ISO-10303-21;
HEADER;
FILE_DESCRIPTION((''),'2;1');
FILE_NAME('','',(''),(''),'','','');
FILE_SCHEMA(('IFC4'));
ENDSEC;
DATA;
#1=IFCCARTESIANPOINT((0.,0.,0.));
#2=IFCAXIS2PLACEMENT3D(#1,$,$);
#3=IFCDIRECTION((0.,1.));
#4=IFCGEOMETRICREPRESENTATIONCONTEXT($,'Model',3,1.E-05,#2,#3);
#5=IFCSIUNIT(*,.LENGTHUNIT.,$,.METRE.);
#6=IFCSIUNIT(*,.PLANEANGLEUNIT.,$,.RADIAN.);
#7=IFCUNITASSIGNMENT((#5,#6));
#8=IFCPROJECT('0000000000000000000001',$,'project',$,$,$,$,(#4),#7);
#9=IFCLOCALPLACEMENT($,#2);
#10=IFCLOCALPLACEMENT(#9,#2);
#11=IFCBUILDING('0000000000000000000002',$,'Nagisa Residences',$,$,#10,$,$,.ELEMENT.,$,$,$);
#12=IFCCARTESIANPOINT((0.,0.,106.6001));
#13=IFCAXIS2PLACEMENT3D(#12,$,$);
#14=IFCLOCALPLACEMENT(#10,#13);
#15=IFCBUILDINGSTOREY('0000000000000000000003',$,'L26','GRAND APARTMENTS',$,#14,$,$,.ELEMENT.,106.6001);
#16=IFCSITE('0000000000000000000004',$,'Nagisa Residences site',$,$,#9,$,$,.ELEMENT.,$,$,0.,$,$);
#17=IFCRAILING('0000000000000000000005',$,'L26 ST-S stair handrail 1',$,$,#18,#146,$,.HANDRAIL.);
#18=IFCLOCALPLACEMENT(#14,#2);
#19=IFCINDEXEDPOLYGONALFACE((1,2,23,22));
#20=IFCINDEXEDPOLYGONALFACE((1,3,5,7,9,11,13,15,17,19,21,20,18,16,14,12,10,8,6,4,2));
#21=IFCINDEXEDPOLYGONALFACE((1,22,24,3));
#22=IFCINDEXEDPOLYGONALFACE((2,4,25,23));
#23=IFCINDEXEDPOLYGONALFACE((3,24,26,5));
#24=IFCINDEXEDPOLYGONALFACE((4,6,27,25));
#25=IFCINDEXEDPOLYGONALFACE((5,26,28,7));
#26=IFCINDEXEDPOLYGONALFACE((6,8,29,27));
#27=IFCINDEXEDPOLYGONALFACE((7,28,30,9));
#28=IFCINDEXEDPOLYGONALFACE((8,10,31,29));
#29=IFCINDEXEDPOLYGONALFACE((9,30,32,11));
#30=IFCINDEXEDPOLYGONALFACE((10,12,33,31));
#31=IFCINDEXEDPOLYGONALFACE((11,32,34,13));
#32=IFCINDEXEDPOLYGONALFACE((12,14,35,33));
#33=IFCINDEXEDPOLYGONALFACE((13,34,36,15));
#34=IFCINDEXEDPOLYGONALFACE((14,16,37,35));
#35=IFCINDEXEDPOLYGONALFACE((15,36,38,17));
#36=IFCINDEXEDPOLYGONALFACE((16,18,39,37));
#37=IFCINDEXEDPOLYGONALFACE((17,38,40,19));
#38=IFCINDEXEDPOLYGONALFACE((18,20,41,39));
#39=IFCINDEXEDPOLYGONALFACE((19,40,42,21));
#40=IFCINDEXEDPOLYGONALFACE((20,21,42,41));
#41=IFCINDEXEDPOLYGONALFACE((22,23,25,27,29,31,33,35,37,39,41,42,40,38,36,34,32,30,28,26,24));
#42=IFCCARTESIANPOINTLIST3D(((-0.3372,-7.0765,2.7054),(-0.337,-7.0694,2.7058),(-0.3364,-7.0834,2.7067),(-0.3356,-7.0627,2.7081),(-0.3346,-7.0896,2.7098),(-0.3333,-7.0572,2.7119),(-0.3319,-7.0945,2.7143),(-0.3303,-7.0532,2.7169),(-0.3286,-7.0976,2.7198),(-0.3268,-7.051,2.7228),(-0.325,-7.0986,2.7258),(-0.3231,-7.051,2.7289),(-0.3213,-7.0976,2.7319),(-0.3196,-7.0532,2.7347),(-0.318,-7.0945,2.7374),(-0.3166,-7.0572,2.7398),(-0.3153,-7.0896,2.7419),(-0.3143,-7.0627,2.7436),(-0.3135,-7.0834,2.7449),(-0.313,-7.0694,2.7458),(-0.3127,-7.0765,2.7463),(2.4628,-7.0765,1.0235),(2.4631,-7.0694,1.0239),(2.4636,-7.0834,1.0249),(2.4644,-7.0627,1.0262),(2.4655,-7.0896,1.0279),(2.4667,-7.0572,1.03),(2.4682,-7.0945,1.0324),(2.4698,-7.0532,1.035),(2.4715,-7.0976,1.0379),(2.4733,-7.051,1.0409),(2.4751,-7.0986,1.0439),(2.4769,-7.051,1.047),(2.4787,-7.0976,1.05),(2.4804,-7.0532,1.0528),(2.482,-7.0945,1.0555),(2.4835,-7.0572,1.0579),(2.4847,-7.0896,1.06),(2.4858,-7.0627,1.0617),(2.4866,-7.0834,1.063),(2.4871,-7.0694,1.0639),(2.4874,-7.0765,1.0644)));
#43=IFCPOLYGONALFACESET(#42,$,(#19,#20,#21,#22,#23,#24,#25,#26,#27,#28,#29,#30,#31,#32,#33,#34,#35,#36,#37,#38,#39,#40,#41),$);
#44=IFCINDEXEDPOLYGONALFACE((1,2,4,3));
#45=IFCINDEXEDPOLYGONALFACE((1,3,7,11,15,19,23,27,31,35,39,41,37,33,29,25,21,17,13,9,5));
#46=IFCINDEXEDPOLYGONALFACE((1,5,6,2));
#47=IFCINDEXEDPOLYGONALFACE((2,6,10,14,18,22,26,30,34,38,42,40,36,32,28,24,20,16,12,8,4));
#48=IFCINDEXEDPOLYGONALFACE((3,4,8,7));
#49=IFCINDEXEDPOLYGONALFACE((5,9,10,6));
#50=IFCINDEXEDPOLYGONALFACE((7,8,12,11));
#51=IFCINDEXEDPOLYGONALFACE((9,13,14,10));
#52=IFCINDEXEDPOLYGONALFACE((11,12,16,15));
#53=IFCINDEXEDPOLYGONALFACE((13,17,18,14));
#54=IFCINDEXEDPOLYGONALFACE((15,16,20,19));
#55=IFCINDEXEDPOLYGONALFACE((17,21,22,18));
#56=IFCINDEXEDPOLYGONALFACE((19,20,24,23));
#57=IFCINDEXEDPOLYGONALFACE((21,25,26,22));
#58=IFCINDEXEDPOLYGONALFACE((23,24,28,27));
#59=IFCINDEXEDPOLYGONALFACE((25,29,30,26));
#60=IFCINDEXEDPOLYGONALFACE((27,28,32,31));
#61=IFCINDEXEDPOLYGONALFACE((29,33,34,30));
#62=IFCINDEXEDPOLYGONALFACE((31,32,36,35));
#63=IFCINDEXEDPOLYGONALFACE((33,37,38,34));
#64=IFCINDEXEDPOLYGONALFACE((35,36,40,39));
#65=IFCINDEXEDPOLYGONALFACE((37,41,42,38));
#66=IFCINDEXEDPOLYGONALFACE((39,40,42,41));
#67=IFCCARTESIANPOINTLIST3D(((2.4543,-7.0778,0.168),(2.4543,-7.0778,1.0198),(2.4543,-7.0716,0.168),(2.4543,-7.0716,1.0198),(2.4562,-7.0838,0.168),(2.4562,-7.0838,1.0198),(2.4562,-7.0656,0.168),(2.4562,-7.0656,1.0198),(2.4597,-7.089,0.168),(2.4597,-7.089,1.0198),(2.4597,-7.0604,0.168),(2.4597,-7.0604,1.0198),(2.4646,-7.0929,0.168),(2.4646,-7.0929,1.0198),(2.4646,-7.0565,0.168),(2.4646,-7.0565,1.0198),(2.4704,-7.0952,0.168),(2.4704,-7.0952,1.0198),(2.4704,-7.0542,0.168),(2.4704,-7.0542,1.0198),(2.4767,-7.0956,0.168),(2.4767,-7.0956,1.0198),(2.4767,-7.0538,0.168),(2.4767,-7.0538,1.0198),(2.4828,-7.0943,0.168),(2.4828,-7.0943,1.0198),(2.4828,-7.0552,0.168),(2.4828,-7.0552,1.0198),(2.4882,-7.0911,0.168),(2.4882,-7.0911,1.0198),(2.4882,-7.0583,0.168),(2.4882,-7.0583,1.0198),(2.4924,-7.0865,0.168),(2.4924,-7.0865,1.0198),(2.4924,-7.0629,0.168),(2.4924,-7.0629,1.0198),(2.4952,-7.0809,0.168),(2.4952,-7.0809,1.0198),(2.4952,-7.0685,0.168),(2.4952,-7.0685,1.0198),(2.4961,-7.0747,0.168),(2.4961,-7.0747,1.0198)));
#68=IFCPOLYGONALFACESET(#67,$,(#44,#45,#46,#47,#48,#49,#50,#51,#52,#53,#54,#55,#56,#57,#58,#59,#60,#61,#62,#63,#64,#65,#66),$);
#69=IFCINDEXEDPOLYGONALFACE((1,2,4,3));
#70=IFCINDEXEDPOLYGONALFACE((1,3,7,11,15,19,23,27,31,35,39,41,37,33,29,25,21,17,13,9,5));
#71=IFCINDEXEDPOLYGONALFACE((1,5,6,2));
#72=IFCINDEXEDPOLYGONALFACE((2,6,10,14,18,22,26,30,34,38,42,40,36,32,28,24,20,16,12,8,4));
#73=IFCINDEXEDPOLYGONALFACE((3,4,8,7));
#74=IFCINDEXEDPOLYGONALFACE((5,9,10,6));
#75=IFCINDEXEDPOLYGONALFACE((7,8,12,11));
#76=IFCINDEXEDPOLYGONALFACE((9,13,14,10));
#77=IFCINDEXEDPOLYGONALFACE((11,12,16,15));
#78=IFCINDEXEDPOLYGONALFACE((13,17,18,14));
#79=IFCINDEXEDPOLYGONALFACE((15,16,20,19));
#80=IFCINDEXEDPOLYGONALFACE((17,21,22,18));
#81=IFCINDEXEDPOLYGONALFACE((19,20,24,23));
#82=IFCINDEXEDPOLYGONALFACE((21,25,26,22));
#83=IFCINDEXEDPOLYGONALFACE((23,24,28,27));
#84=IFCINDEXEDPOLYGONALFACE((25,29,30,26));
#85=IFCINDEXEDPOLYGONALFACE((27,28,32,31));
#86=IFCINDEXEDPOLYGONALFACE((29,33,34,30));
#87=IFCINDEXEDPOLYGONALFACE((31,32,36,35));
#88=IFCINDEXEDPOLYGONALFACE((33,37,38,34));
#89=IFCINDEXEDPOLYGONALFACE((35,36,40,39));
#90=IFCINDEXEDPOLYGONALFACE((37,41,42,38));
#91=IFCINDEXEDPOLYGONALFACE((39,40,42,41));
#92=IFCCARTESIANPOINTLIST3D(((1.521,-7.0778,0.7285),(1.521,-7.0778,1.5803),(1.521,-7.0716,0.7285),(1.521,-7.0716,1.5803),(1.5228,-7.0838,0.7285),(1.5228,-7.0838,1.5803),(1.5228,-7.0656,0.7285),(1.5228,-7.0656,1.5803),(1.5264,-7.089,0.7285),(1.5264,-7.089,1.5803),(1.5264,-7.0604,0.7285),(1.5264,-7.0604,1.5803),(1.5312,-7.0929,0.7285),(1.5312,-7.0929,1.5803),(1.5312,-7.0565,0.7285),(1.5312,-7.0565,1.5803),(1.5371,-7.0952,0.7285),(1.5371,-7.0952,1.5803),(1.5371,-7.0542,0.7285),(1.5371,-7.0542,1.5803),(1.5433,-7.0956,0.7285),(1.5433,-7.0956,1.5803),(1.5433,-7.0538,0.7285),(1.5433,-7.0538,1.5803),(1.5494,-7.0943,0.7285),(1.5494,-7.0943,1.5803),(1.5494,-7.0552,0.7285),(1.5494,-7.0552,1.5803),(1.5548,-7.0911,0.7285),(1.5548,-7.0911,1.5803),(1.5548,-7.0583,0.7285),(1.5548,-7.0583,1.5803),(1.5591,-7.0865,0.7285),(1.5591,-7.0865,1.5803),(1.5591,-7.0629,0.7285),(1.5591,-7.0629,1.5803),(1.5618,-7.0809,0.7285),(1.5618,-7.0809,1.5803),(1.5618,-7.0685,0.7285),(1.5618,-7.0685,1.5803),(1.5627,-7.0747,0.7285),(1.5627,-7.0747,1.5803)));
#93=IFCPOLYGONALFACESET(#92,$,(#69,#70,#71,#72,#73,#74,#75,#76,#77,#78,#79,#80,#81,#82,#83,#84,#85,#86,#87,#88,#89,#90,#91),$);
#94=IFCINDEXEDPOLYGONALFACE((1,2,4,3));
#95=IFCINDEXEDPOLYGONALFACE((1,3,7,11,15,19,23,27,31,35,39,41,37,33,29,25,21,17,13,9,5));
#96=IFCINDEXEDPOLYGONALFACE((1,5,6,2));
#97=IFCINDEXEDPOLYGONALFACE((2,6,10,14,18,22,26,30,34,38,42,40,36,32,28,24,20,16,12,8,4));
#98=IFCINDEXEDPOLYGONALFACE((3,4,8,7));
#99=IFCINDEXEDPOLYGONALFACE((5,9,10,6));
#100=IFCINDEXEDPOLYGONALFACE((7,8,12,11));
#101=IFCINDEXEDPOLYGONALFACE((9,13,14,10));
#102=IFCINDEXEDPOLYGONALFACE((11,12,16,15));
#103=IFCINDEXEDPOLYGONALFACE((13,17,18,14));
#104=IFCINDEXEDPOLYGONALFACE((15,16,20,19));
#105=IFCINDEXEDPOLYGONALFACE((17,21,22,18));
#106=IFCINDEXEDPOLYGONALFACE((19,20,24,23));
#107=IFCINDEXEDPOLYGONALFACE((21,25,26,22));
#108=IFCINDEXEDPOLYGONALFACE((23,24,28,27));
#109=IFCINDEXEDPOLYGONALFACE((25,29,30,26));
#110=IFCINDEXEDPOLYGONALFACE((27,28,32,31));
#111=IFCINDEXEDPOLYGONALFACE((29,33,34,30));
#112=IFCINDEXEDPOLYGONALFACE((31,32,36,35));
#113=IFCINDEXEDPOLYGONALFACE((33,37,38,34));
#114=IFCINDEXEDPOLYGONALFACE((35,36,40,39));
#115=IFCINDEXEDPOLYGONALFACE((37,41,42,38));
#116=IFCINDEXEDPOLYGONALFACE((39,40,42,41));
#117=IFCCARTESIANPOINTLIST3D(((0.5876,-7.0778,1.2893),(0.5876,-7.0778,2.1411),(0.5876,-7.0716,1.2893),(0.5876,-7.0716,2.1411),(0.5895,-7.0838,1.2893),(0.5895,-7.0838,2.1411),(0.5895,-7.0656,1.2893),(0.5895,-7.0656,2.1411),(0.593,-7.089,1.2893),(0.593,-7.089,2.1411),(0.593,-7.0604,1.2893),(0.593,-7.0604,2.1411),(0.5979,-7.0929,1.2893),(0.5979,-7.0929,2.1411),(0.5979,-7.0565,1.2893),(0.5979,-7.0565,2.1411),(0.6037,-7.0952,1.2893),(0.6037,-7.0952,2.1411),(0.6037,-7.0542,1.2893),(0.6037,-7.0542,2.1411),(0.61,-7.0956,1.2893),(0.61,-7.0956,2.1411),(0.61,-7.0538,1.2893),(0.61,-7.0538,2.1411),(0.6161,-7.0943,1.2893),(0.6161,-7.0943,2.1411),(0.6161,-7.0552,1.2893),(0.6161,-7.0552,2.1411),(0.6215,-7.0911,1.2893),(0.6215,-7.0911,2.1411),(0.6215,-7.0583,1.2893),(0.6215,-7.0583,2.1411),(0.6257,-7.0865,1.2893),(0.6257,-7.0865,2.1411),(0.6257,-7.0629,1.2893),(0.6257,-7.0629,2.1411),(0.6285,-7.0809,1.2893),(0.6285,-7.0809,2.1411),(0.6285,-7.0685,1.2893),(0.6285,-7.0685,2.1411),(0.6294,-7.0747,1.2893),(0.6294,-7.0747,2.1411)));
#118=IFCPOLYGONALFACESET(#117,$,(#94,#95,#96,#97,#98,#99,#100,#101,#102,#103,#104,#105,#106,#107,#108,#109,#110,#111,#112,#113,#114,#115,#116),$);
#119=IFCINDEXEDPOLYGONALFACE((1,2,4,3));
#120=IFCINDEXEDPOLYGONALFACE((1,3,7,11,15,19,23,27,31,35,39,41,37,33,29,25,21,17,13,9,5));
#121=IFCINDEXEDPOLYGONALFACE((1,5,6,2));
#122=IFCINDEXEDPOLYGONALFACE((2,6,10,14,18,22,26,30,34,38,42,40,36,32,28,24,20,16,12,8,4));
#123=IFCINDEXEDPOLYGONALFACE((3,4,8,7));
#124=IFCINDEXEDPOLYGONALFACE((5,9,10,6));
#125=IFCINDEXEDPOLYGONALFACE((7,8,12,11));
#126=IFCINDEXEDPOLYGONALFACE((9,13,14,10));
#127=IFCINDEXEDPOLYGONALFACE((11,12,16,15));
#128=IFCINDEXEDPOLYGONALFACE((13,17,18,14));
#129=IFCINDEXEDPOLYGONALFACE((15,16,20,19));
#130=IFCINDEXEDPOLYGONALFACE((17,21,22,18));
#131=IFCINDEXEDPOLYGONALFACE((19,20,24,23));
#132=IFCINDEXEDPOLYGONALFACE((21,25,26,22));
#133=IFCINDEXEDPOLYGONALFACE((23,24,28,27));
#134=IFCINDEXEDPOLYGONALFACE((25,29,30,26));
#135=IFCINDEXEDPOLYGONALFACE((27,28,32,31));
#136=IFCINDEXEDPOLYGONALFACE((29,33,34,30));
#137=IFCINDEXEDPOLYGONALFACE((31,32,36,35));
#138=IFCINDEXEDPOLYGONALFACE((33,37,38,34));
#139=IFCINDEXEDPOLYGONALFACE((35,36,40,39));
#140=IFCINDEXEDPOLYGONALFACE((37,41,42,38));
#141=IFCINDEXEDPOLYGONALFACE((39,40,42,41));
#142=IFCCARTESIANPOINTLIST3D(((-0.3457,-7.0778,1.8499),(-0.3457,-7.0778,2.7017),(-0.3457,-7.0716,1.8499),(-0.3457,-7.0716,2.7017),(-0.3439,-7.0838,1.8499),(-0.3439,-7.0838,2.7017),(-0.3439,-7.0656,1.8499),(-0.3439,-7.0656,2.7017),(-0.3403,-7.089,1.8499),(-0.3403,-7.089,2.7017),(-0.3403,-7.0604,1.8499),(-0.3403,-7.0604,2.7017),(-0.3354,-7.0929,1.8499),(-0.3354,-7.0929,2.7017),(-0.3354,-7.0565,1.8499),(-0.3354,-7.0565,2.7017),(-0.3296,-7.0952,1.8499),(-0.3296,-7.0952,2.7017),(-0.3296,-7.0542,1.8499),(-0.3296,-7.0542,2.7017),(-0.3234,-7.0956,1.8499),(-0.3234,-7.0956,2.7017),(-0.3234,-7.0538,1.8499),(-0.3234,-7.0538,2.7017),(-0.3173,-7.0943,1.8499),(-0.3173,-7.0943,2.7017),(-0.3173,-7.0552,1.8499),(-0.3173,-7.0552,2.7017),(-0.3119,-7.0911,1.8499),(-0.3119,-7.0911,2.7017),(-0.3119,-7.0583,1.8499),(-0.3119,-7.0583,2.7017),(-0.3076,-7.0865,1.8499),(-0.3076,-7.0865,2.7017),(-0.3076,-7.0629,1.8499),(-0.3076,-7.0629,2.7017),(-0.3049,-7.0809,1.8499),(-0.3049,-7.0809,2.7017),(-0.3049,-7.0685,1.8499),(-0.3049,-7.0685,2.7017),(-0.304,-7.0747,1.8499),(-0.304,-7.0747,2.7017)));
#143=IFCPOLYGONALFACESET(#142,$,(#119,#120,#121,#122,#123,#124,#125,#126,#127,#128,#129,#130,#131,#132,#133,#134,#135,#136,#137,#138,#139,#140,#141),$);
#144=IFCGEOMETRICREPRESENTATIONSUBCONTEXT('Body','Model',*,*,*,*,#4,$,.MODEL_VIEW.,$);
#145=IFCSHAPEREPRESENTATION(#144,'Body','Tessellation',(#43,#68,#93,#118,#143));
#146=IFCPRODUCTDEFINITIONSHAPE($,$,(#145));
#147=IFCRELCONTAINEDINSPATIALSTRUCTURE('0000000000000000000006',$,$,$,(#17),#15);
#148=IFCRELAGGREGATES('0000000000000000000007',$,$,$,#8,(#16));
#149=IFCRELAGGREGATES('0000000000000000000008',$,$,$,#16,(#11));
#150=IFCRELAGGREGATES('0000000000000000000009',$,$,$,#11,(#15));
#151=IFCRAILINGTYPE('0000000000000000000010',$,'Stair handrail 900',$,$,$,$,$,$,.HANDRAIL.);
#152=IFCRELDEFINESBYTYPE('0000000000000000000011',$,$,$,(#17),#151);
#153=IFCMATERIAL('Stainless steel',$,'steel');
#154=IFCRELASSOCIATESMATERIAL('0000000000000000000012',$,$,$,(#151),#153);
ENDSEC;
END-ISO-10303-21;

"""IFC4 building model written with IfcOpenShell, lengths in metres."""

from ifc_helpers import new_model, si_unit, direction, frame, origin, origin_2d, place, context, subcontext, project, spatial, circle, extrude, material, type_object, element, save


model = new_model("IFC4")

# Units and contexts
model_context = context("Model", 3, precision=1e-05, world=origin(), true_north=direction((0.0, 1.0)))
body_context = subcontext(model_context, "Body", "Model", "MODEL_VIEW")
ifc_project = project(units=[si_unit("LENGTHUNIT", "METRE"), si_unit("PLANEANGLEUNIT", "RADIAN")], contexts=[model_context])

# Site, building, storey
site_placement = place(None, origin())
site = spatial("IfcSite", under=ifc_project, at=site_placement, Name="Nagisa Residences site", CompositionType="ELEMENT", RefElevation=0.0)
building_placement = place(site_placement, origin())
building = spatial("IfcBuilding", under=site, at=building_placement, Name="Nagisa Residences", CompositionType="ELEMENT")
storey_placement = place(building_placement, frame((0.0, 0.0, 106.6001)))
storey = spatial("IfcBuildingStorey", under=building, at=storey_placement, Name="L26", Description="GRAND APARTMENTS", CompositionType="ELEMENT", Elevation=106.6001)

# Railing
ifc_material_1 = material(Name="Stainless steel", Category="steel")
railing_type_1 = type_object("IfcRailingType", Name="Stair handrail 900", PredefinedType="HANDRAIL", material=ifc_material_1)
railing_1_placement = place(storey_placement, frame((2.4751, -7.0747, 0.168)))
element("IfcRailing", 1, at=railing_1_placement, inside=storey, type_object=railing_type_1, Name="L26 ST-S stair handrail 1", PredefinedType="HANDRAIL", context=body_context, shape_type="SweptSolid", body=[
    extrude(circle(Radius=0.0239, at=origin_2d()), frame((0.0, 0.0, 0.876), z_axis=(-0.857242, 0.0, 0.514913), x_axis=(0.0, -1.0, 0.0)), (0.0, 0.0, 1.0), 3.2664),
    extrude(circle(Radius=0.021, at=origin_2d()), origin(), (0.0, 0.0, 1.0), 0.8518),
    extrude(circle(Radius=0.021, at=origin_2d()), frame((-0.9333, 0.0, 0.5605)), (0.0, 0.0, 1.0), 0.8518),
    extrude(circle(Radius=0.021, at=origin_2d()), frame((-1.8667, 0.0, 1.1213)), (0.0, 0.0, 1.0), 0.8518),
    extrude(circle(Radius=0.021, at=origin_2d()), frame((-2.8, 0.0, 1.6819)), (0.0, 0.0, 1.0), 0.8518),
])

save(model, "model.ifc")
